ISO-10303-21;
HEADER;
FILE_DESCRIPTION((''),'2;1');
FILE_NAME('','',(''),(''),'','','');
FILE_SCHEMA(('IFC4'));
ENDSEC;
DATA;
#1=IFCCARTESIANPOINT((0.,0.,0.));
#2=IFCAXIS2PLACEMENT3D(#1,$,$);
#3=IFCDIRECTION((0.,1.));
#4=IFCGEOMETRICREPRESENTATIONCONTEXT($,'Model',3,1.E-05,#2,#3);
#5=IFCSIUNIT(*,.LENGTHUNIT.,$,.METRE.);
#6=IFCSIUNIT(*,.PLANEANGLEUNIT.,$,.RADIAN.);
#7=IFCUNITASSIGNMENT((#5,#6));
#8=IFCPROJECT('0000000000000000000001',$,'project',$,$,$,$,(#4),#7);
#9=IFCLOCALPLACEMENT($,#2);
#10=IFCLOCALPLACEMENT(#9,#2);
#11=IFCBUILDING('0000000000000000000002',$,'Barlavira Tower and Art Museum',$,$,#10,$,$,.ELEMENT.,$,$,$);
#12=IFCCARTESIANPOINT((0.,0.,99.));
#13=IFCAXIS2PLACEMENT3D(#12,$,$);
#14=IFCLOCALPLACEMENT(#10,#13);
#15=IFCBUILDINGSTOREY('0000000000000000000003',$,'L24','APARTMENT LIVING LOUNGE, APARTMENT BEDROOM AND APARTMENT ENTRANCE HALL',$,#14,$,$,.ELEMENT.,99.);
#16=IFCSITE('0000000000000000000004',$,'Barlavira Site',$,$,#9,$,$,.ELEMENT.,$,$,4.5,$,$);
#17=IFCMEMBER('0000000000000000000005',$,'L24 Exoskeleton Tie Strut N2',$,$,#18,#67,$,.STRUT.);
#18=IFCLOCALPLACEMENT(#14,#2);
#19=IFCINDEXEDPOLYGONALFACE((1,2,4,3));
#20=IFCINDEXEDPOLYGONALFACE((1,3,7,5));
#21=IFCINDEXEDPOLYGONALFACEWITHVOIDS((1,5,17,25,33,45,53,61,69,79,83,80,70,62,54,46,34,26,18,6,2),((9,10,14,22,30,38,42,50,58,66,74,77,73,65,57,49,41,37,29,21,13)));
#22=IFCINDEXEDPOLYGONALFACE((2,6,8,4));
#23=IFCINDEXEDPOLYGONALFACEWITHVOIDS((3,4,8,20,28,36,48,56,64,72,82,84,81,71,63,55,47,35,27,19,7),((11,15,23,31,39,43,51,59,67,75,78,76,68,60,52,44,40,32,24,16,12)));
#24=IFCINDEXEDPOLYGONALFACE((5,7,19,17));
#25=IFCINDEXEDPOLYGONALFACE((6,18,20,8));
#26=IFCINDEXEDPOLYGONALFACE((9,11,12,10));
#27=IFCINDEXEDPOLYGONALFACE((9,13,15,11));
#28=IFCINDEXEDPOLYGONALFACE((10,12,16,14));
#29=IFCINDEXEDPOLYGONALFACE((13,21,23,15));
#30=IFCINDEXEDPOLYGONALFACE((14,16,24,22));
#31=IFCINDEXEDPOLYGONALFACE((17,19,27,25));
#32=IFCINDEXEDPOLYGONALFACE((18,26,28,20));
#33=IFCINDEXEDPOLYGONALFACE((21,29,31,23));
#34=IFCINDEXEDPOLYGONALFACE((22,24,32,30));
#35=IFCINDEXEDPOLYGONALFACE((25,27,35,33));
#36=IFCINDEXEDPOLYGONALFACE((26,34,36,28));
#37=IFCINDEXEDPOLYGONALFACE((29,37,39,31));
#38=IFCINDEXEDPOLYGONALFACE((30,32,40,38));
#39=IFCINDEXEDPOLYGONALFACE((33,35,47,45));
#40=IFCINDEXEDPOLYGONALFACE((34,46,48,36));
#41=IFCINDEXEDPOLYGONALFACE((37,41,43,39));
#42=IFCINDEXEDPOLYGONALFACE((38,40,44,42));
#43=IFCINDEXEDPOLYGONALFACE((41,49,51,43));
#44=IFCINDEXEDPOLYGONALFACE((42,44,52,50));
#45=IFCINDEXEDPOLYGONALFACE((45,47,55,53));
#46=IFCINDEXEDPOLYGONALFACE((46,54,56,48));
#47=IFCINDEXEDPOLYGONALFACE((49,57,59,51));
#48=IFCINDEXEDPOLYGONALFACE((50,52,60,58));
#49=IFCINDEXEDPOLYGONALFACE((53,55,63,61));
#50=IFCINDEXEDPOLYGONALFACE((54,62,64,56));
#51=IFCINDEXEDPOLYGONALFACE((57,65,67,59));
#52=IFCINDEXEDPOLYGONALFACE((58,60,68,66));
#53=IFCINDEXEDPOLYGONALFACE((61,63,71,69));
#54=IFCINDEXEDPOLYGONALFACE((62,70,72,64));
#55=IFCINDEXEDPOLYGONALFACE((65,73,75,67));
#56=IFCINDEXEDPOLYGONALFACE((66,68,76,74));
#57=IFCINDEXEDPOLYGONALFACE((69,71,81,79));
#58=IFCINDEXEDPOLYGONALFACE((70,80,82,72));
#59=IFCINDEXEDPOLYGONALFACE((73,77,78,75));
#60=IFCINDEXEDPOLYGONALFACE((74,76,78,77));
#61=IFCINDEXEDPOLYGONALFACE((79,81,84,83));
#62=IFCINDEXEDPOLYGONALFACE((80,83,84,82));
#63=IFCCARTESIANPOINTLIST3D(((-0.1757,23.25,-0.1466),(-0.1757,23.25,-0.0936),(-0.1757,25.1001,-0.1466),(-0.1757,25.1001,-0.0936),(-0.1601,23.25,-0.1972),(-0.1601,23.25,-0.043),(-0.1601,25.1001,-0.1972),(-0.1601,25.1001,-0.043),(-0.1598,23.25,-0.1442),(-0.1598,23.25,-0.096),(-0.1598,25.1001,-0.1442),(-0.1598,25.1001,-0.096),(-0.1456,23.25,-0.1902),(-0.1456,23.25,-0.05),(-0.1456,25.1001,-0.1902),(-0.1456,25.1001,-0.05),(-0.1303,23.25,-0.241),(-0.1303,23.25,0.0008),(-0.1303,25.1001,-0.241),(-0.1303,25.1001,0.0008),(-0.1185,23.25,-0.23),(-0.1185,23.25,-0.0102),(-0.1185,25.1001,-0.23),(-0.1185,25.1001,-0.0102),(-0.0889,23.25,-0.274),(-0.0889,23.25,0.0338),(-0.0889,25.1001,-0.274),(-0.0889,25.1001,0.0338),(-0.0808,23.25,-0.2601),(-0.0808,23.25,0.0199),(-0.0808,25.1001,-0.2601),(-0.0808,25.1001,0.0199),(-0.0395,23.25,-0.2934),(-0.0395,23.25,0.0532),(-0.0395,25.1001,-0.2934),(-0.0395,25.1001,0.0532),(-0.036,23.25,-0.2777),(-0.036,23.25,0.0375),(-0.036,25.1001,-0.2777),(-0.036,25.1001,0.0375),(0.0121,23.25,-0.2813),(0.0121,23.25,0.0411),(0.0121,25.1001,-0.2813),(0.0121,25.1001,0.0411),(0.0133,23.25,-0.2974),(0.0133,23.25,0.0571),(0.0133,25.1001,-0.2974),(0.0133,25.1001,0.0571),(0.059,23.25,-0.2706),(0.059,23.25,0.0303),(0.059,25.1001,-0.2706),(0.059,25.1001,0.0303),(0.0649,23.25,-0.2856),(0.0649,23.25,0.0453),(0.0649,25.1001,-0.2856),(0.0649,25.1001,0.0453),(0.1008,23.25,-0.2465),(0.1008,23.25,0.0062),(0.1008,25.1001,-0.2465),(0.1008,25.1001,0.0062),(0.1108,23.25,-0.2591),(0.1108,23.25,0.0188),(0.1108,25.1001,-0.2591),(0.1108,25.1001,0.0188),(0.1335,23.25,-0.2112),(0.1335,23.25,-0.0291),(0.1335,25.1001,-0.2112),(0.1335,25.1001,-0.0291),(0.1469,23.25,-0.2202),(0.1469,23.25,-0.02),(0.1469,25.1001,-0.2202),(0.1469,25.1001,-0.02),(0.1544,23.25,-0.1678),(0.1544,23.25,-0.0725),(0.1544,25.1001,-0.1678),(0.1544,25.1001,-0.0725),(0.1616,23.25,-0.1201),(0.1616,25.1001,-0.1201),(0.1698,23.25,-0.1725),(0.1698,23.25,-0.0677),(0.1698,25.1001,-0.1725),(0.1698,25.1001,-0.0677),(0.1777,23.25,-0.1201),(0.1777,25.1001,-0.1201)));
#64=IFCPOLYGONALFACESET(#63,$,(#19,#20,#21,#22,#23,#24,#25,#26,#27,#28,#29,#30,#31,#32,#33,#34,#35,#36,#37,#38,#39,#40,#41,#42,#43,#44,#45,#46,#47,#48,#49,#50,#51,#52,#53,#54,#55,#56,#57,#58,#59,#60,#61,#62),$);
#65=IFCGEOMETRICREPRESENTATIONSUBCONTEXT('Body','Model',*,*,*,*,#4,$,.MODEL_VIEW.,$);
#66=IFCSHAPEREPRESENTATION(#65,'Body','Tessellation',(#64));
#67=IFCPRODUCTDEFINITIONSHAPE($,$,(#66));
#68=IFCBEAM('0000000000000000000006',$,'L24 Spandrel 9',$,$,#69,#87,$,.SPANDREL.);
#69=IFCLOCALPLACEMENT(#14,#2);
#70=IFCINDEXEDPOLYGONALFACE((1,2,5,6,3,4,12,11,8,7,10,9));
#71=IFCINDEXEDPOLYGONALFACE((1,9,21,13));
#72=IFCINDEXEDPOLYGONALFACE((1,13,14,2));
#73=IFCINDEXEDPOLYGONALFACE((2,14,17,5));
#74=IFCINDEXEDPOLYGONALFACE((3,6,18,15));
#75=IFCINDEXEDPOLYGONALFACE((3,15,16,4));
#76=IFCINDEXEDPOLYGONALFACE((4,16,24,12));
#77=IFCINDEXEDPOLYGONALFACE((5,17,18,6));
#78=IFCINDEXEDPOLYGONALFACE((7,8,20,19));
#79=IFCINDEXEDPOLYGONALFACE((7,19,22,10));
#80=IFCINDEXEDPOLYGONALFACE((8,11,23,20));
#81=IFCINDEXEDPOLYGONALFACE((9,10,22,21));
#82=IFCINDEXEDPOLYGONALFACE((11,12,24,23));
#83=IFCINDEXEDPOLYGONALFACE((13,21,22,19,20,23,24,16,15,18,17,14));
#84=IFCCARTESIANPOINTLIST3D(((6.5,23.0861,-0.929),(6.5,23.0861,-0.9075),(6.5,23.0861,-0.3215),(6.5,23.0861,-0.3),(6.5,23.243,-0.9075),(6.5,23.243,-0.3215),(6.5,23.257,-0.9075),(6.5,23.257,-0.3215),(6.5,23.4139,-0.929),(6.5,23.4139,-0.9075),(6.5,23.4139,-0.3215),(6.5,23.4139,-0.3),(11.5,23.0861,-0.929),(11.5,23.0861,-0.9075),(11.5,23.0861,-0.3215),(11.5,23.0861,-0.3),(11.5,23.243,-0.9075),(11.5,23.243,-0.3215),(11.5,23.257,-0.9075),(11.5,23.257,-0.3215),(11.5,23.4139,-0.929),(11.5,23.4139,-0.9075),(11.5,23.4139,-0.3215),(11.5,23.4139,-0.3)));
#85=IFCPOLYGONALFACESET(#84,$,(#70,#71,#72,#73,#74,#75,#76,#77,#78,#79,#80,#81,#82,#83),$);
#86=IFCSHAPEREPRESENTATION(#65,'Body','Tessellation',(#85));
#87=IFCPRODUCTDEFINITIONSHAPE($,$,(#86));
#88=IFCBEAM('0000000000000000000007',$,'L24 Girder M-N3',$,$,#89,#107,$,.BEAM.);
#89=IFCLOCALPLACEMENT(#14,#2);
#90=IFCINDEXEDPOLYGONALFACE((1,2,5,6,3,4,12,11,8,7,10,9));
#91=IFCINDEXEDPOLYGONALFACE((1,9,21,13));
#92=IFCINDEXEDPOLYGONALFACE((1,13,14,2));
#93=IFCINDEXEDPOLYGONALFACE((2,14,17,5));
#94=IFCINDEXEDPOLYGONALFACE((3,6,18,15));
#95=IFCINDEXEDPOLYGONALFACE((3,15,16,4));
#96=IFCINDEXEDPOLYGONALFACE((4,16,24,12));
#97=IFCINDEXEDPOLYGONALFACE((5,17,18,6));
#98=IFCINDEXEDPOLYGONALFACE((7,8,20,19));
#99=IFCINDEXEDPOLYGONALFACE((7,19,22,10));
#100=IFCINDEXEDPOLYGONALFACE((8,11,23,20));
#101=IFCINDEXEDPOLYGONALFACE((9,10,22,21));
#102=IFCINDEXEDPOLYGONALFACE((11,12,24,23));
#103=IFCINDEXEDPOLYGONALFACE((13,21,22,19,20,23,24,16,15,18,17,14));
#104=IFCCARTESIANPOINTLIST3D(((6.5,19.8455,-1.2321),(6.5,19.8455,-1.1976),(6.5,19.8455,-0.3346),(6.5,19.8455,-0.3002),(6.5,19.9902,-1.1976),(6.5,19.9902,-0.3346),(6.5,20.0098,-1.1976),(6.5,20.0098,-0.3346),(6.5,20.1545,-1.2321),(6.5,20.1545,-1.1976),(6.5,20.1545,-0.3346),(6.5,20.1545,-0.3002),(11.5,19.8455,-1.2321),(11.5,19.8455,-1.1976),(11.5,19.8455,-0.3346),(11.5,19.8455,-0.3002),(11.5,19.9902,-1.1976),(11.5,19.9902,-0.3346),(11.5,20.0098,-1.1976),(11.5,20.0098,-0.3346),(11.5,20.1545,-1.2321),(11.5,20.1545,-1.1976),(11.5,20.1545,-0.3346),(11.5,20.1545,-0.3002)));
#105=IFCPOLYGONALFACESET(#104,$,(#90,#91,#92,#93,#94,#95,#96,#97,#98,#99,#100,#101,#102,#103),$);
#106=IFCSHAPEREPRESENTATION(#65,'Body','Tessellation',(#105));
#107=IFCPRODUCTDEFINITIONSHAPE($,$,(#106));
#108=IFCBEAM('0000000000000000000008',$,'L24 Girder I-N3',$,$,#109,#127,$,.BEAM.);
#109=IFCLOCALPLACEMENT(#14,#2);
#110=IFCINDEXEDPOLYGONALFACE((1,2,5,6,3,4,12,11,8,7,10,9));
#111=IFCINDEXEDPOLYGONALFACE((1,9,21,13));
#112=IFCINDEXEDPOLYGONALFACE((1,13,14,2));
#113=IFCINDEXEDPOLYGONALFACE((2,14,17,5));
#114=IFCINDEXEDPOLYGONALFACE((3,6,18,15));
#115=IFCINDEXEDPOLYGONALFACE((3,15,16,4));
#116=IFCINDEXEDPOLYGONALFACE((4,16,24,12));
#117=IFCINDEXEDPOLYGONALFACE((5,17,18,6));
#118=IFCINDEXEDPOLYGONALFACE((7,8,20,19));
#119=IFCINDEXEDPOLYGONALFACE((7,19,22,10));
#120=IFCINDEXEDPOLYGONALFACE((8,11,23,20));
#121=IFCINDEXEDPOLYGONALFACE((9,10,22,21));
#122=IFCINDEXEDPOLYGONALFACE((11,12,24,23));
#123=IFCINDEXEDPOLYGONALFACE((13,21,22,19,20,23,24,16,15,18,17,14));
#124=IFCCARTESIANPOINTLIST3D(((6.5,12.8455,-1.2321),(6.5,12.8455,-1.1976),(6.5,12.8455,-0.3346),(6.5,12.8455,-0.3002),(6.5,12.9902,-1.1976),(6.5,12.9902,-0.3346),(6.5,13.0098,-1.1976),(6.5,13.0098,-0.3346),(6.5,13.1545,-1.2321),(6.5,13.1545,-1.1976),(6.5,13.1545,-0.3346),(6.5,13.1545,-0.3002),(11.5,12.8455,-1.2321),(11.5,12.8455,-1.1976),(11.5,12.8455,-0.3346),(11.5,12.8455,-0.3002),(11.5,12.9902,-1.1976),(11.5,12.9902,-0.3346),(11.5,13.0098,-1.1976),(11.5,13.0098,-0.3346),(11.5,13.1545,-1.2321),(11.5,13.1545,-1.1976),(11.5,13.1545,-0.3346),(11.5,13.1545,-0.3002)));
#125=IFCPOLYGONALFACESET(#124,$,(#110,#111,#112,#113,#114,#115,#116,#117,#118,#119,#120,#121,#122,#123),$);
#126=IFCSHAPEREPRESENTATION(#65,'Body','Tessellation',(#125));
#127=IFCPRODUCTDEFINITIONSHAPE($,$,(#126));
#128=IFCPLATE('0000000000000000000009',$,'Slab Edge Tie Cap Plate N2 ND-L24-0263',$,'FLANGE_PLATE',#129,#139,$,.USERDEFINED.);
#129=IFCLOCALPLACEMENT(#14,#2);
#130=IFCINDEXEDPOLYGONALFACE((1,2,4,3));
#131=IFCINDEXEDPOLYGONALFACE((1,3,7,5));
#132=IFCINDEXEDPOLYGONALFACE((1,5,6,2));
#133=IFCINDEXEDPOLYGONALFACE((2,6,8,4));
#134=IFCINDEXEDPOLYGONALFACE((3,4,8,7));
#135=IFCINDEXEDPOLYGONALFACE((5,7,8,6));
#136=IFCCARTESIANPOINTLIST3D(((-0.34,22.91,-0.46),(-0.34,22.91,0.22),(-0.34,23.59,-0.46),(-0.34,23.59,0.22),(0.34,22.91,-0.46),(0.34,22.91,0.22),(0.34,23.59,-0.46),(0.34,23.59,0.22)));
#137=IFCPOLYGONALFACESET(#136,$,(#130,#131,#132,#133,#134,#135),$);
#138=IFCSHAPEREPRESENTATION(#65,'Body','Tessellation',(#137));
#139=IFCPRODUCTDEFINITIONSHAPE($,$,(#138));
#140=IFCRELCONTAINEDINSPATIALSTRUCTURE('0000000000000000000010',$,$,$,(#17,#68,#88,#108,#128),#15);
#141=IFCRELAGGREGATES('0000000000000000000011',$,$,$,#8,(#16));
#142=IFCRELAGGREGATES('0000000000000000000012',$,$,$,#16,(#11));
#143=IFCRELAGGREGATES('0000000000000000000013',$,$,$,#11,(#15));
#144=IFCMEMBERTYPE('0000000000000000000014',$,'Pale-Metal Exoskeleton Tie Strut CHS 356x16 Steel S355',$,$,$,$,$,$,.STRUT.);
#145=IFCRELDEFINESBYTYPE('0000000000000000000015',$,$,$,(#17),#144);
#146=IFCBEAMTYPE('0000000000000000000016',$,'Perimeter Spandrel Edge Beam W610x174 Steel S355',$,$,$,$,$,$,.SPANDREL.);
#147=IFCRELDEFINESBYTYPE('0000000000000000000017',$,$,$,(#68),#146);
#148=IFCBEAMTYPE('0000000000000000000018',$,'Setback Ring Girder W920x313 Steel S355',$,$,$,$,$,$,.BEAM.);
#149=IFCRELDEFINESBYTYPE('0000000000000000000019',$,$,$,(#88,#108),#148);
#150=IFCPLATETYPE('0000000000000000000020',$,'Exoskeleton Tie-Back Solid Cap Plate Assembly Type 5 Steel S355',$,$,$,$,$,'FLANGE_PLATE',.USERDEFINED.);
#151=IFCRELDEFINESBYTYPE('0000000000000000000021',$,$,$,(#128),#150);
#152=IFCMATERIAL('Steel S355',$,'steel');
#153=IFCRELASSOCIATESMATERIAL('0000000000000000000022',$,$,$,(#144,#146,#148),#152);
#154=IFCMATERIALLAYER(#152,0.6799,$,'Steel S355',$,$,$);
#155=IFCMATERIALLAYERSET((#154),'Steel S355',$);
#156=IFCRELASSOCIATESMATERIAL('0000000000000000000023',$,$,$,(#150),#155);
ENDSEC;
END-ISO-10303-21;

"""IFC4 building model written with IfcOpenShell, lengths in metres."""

from ifc_helpers import new_model, si_unit, direction, frame, origin, origin_2d, place, context, subcontext, project, spatial, rectangle, hollow_circle, i_section, extrude, material, layer, layer_set, material_profile, profile_set, type_object, element, save


model = new_model("IFC4")

# Units and contexts
model_context = context("Model", 3, precision=1e-05, world=origin(), true_north=direction((0.0, 1.0)))
body_context = subcontext(model_context, "Body", "Model", "MODEL_VIEW")
ifc_project = project(units=[si_unit("LENGTHUNIT", "METRE"), si_unit("PLANEANGLEUNIT", "RADIAN")], contexts=[model_context])

# Site, building, storey
site_placement = place(None, origin())
site = spatial("IfcSite", under=ifc_project, at=site_placement, Name="Barlavira Site", CompositionType="ELEMENT", RefElevation=4.5)
building_placement = place(site_placement, origin())
building = spatial("IfcBuilding", under=site, at=building_placement, Name="Barlavira Tower and Art Museum", CompositionType="ELEMENT")
storey_placement = place(building_placement, frame((0.0, 0.0, 99.0)))
storey = spatial("IfcBuildingStorey", under=building, at=storey_placement, Name="L24", Description="APARTMENT LIVING LOUNGE, APARTMENT BEDROOM AND APARTMENT ENTRANCE HALL", CompositionType="ELEMENT", Elevation=99.0)

# Member
ifc_material_1 = material(Name="Steel S355", Category="steel")
ifc_material_profile_1 = material_profile(ifc_material_1, hollow_circle(Radius=0.1777, WallThickness=0.0161, at=origin_2d()), Name="CHS 355.6x16.0")
ifc_profile_set_1 = profile_set([ifc_material_profile_1], Name="Steel S355")
member_type_1 = type_object("IfcMemberType", Name="Pale-Metal Exoskeleton Tie Strut CHS 356x16 Steel S355", PredefinedType="STRUT", material=ifc_profile_set_1)
member_1_placement = place(storey_placement, frame((0.0, 25.1001, -0.1201), z_axis=(0.0, -1.0, 0.0), x_axis=(1.0, 0.0, 0.0)))
element("IfcMember", 1, at=member_1_placement, inside=storey, type_object=member_type_1, Name="L24 Exoskeleton Tie Strut N2", PredefinedType="STRUT", context=body_context, shape_type="SweptSolid", body=[
    extrude(hollow_circle(Radius=0.1777, WallThickness=0.0161, at=origin_2d()), origin(), (0.0, 0.0, 1.0), 1.8501),
])

# Beams
ifc_material_profile_2 = material_profile(ifc_material_1, i_section(OverallWidth=0.3279, OverallDepth=0.6289, WebThickness=0.0139, FlangeThickness=0.0215, at=origin_2d()), Name="W610x174.0")
ifc_profile_set_2 = profile_set([ifc_material_profile_2], Name="Steel S355")
beam_type_1 = type_object("IfcBeamType", Name="Perimeter Spandrel Edge Beam W610x174 Steel S355", PredefinedType="SPANDREL", material=ifc_profile_set_2)
beam_placement = place(storey_placement, frame((6.5, 23.25, -0.6145), z_axis=(1.0, 0.0, 0.0), x_axis=(0.0, 1.0, 0.0)))
element("IfcBeam", 2, at=beam_placement, inside=storey, type_object=beam_type_1, Name="L24 Spandrel 9", PredefinedType="SPANDREL", context=body_context, shape_type="SweptSolid", body=[
    extrude(i_section(OverallWidth=0.3279, OverallDepth=0.6289, WebThickness=0.0139, FlangeThickness=0.0215, at=origin_2d()), origin(), (0.0, 0.0, 1.0), 5.0),
])
ifc_material_profile_3 = material_profile(ifc_material_1, i_section(OverallWidth=0.3091, OverallDepth=0.9319, WebThickness=0.0195, FlangeThickness=0.0344, at=origin_2d()), Name="W920x313.0")
ifc_profile_set_3 = profile_set([ifc_material_profile_3], Name="Steel S355")
beam_type_2 = type_object("IfcBeamType", Name="Setback Ring Girder W920x313 Steel S355", PredefinedType="BEAM", material=ifc_profile_set_3)
for number, where, z_axis, x_axis, name in (
    (3, (6.5, 20.0, -0.7661), (1.0, 0.0, 0.0), (0.0, 1.0, 0.0), "L24 Girder M-N3"),
    (4, (6.5, 13.0, -0.7661), (1.0, 0.0, 0.0), (0.0, 1.0, 0.0), "L24 Girder I-N3"),
):
    element("IfcBeam", number, at=place(storey_placement, frame(where, z_axis=z_axis, x_axis=x_axis)), inside=storey, type_object=beam_type_2, Name=name, PredefinedType="BEAM", context=body_context, shape_type="SweptSolid", body=[
        extrude(i_section(OverallWidth=0.3091, OverallDepth=0.9319, WebThickness=0.0195, FlangeThickness=0.0344, at=origin_2d()), origin(), (0.0, 0.0, 1.0), 5.0),
    ])

# Plate
ifc_layer_1 = layer(ifc_material_1, 0.6799, Name="Steel S355")
ifc_layer_set_1 = layer_set([ifc_layer_1], Name="Steel S355")
plate_type = type_object("IfcPlateType", Name="Exoskeleton Tie-Back Solid Cap Plate Assembly Type 5 Steel S355", ElementType="FLANGE_PLATE", PredefinedType="USERDEFINED", material=ifc_layer_set_1)
plate_placement = place(storey_placement, frame((0.0, 23.25, -0.46), z_axis=(0.0, 0.0, 1.0), x_axis=(1.0, 0.0, 0.0)))
element("IfcPlate", 5, at=plate_placement, inside=storey, type_object=plate_type, Name="Slab Edge Tie Cap Plate N2 ND-L24-0263", ObjectType="FLANGE_PLATE", PredefinedType="USERDEFINED", context=body_context, shape_type="SweptSolid", body=[
    extrude(rectangle(XDim=0.6799, YDim=0.6799, at=origin_2d()), origin(), (0.0, 0.0, 1.0), 0.6799),
])

save(model, "model.ifc")
